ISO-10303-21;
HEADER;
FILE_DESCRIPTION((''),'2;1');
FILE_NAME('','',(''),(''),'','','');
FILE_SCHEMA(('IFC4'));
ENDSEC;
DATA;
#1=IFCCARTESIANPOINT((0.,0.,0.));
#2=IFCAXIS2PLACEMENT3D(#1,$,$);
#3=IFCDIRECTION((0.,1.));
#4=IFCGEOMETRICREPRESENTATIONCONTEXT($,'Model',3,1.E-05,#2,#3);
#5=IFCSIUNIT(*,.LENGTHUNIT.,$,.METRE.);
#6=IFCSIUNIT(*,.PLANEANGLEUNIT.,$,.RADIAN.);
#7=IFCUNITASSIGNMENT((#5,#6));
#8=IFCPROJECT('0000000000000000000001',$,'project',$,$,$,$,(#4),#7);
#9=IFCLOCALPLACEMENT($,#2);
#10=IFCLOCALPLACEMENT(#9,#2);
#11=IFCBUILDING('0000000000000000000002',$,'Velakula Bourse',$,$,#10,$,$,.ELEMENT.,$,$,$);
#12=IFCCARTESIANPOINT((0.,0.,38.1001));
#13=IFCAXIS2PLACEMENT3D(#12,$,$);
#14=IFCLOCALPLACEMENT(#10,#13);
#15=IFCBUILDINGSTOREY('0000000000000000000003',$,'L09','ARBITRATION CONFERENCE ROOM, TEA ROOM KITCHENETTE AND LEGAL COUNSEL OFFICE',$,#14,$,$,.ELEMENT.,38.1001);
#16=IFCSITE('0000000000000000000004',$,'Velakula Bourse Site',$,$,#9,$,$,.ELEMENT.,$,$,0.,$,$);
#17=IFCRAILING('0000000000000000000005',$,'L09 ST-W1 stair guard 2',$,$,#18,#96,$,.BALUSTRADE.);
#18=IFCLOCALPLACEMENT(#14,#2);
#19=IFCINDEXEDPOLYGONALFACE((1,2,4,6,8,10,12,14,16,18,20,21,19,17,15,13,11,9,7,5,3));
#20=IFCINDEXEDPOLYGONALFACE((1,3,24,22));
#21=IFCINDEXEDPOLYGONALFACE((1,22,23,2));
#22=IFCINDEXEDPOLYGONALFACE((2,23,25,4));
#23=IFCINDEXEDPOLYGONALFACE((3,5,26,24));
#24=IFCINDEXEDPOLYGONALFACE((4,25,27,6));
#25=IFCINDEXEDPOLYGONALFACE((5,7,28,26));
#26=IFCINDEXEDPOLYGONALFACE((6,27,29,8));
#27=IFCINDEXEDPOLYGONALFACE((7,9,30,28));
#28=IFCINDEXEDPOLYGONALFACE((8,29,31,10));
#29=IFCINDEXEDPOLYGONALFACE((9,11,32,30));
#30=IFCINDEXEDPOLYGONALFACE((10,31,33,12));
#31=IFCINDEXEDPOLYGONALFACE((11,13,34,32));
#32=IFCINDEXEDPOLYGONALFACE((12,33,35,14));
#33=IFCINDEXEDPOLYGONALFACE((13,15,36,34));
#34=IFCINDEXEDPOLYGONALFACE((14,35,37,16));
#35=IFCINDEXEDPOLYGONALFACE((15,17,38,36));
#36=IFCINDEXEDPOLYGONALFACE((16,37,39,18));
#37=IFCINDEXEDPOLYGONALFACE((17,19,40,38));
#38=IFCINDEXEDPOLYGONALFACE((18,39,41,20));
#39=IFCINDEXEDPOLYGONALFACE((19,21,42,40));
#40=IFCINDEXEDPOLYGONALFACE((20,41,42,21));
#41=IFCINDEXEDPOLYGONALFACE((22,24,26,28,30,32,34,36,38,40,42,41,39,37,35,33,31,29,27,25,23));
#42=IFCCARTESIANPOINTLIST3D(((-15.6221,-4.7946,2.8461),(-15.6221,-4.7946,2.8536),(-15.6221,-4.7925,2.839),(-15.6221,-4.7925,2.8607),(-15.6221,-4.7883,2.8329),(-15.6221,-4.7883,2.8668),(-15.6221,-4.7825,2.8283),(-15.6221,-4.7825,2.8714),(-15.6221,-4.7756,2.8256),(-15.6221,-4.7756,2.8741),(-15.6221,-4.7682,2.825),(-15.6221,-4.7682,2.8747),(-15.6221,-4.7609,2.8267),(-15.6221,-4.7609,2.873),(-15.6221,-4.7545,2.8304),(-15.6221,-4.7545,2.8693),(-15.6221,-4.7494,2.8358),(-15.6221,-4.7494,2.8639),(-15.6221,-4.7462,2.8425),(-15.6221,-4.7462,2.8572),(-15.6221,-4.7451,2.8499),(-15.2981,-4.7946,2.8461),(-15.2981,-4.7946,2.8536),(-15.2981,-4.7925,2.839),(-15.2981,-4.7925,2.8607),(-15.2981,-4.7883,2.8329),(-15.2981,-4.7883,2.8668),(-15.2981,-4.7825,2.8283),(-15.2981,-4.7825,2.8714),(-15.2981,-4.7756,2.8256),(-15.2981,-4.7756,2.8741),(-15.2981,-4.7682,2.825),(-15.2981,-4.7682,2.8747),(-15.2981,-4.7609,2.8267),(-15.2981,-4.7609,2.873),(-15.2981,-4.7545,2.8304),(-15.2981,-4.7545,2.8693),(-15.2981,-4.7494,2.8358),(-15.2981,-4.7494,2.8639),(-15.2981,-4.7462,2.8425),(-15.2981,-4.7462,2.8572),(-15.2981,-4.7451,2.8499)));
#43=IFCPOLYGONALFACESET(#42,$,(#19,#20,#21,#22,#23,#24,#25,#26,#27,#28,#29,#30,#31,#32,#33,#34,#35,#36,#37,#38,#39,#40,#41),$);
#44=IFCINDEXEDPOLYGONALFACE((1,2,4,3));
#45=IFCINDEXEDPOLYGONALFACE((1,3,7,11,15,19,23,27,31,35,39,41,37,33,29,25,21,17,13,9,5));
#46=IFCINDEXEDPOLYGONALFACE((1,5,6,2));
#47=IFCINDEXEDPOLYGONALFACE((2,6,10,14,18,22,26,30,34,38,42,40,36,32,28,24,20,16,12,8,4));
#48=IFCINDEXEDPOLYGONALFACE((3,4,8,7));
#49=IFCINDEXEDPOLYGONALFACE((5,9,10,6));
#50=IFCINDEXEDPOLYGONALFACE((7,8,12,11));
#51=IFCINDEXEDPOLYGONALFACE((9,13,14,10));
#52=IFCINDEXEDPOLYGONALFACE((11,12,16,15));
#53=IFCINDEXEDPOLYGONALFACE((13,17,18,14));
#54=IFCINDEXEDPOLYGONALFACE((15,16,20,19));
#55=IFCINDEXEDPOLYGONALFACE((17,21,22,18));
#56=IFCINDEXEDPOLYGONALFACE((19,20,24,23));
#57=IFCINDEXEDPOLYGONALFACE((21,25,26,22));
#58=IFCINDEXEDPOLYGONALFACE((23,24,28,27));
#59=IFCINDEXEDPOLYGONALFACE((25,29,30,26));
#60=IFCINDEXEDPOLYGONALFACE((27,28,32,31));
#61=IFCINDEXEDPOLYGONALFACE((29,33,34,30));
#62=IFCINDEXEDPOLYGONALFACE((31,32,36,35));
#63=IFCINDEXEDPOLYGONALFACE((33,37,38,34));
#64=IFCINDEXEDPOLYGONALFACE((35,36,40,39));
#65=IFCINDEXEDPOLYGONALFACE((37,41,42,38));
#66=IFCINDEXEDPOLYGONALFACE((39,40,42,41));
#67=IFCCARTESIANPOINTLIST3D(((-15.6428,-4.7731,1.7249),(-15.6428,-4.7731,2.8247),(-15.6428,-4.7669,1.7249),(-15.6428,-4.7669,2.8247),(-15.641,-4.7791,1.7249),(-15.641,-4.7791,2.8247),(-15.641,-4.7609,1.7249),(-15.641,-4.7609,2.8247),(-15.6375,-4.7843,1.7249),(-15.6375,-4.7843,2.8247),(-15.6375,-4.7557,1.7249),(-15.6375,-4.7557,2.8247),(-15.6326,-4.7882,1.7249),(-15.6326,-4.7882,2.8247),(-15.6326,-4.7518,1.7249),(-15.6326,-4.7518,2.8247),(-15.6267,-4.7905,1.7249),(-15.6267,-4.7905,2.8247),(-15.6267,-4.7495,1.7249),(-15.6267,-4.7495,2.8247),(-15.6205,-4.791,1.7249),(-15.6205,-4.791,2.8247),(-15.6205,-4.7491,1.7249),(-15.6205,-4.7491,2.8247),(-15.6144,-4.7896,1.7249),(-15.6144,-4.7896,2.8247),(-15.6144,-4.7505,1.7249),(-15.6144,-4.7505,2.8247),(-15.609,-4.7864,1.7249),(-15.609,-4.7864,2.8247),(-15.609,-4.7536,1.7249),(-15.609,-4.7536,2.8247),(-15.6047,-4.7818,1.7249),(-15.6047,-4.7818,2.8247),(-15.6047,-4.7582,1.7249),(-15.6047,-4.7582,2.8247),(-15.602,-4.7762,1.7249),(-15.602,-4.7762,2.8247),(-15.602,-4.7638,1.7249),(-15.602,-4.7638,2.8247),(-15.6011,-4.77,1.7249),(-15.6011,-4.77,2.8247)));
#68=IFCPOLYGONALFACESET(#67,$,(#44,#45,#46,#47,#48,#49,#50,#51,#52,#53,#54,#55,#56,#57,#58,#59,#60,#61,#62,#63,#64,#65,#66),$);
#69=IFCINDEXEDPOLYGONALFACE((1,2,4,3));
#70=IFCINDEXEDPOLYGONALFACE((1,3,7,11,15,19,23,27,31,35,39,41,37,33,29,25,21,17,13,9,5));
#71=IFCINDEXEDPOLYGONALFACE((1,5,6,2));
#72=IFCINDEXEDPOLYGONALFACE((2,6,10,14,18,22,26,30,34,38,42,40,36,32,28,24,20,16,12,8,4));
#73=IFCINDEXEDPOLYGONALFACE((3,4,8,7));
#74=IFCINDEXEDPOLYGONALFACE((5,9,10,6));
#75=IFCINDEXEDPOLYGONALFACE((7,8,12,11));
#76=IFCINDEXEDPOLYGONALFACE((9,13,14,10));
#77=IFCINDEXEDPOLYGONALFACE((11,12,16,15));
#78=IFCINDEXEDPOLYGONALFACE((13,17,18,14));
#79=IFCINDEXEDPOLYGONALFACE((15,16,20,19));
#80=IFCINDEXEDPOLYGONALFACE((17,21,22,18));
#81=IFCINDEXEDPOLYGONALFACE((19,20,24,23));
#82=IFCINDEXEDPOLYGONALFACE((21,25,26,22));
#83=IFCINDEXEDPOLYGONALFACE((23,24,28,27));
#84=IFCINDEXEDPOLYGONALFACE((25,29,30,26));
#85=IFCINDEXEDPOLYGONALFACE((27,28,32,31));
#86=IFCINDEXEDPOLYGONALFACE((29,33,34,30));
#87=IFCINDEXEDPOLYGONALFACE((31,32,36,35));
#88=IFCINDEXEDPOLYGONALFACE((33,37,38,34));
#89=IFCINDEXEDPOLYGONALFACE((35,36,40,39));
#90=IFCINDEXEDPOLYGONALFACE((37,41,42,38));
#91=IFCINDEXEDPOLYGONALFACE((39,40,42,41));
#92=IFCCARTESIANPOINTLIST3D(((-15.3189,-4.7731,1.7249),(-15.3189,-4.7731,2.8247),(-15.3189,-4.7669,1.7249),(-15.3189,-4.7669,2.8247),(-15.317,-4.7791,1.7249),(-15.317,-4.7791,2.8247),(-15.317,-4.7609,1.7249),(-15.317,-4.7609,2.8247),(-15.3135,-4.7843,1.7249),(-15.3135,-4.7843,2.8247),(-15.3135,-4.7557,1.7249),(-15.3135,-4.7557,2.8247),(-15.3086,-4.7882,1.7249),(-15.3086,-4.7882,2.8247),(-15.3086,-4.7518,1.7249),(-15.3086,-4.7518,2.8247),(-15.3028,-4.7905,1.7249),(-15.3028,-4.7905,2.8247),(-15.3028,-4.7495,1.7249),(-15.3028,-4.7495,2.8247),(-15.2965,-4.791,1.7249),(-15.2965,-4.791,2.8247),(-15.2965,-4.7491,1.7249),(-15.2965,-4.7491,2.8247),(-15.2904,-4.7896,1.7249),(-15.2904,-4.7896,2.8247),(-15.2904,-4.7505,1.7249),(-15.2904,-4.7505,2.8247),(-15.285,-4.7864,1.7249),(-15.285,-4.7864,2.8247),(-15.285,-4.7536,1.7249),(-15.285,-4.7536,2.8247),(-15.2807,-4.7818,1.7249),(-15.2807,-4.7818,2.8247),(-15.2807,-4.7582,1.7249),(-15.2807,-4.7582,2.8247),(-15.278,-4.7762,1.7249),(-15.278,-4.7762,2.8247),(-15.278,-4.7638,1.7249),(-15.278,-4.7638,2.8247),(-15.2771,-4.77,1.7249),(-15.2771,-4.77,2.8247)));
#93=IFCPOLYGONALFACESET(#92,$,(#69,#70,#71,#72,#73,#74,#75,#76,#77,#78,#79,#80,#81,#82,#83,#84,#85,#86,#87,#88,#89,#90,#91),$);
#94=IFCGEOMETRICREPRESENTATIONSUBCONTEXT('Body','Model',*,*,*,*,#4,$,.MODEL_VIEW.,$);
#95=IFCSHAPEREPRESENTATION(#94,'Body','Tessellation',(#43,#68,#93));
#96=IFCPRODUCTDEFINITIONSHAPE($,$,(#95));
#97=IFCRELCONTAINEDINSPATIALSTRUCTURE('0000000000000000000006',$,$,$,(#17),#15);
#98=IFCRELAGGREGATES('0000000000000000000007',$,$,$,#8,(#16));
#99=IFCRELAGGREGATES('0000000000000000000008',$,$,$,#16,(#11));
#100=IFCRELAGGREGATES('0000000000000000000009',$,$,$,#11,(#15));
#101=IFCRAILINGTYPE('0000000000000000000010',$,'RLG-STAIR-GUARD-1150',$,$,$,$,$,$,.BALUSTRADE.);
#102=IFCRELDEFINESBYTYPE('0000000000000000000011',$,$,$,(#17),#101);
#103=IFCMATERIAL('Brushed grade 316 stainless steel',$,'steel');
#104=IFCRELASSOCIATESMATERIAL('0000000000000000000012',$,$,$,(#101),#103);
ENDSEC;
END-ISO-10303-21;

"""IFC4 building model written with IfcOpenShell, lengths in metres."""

from ifc_helpers import new_model, si_unit, direction, frame, origin, origin_2d, place, context, subcontext, project, spatial, circle, extrude, material, type_object, element, save


model = new_model("IFC4")

# Units and contexts
model_context = context("Model", 3, precision=1e-05, world=origin(), true_north=direction((0.0, 1.0)))
body_context = subcontext(model_context, "Body", "Model", "MODEL_VIEW")
ifc_project = project(units=[si_unit("LENGTHUNIT", "METRE"), si_unit("PLANEANGLEUNIT", "RADIAN")], contexts=[model_context])

# Site, building, storey
site_placement = place(None, origin())
site = spatial("IfcSite", under=ifc_project, at=site_placement, Name="Velakula Bourse Site", CompositionType="ELEMENT", RefElevation=0.0)
building_placement = place(site_placement, origin())
building = spatial("IfcBuilding", under=site, at=building_placement, Name="Velakula Bourse", CompositionType="ELEMENT")
storey_placement = place(building_placement, frame((0.0, 0.0, 38.1001)))
storey = spatial("IfcBuildingStorey", under=building, at=storey_placement, Name="L09", Description="ARBITRATION CONFERENCE ROOM, TEA ROOM KITCHENETTE AND LEGAL COUNSEL OFFICE", CompositionType="ELEMENT", Elevation=38.1001)

# Shared definitions
ifc_material_1 = material(Name="Brushed grade 316 stainless steel", Category="steel")

# Railing
railing_type_1 = type_object("IfcRailingType", Name="RLG-STAIR-GUARD-1150", PredefinedType="BALUSTRADE", material=ifc_material_1)
railing_1_placement = place(storey_placement, frame((-15.6221, -4.77, 1.7249)))
element("IfcRailing", 1, at=railing_1_placement, inside=storey, type_object=railing_type_1, Name="L09 ST-W1 stair guard 2", PredefinedType="BALUSTRADE", context=body_context, shape_type="SweptSolid", body=[
    extrude(circle(Radius=0.0249, at=origin_2d()), frame((0.0, 0.0, 1.125), z_axis=(1.0, 0.0, 0.0), x_axis=(0.0, 1.0, 0.0)), (0.0, 0.0, 1.0), 0.324),
    extrude(circle(Radius=0.021, at=origin_2d()), origin(), (0.0, 0.0, 1.0), 1.0999),
    extrude(circle(Radius=0.021, at=origin_2d()), frame((0.324, 0.0, 0.0)), (0.0, 0.0, 1.0), 1.0999),
])

save(model, "model.ifc")
